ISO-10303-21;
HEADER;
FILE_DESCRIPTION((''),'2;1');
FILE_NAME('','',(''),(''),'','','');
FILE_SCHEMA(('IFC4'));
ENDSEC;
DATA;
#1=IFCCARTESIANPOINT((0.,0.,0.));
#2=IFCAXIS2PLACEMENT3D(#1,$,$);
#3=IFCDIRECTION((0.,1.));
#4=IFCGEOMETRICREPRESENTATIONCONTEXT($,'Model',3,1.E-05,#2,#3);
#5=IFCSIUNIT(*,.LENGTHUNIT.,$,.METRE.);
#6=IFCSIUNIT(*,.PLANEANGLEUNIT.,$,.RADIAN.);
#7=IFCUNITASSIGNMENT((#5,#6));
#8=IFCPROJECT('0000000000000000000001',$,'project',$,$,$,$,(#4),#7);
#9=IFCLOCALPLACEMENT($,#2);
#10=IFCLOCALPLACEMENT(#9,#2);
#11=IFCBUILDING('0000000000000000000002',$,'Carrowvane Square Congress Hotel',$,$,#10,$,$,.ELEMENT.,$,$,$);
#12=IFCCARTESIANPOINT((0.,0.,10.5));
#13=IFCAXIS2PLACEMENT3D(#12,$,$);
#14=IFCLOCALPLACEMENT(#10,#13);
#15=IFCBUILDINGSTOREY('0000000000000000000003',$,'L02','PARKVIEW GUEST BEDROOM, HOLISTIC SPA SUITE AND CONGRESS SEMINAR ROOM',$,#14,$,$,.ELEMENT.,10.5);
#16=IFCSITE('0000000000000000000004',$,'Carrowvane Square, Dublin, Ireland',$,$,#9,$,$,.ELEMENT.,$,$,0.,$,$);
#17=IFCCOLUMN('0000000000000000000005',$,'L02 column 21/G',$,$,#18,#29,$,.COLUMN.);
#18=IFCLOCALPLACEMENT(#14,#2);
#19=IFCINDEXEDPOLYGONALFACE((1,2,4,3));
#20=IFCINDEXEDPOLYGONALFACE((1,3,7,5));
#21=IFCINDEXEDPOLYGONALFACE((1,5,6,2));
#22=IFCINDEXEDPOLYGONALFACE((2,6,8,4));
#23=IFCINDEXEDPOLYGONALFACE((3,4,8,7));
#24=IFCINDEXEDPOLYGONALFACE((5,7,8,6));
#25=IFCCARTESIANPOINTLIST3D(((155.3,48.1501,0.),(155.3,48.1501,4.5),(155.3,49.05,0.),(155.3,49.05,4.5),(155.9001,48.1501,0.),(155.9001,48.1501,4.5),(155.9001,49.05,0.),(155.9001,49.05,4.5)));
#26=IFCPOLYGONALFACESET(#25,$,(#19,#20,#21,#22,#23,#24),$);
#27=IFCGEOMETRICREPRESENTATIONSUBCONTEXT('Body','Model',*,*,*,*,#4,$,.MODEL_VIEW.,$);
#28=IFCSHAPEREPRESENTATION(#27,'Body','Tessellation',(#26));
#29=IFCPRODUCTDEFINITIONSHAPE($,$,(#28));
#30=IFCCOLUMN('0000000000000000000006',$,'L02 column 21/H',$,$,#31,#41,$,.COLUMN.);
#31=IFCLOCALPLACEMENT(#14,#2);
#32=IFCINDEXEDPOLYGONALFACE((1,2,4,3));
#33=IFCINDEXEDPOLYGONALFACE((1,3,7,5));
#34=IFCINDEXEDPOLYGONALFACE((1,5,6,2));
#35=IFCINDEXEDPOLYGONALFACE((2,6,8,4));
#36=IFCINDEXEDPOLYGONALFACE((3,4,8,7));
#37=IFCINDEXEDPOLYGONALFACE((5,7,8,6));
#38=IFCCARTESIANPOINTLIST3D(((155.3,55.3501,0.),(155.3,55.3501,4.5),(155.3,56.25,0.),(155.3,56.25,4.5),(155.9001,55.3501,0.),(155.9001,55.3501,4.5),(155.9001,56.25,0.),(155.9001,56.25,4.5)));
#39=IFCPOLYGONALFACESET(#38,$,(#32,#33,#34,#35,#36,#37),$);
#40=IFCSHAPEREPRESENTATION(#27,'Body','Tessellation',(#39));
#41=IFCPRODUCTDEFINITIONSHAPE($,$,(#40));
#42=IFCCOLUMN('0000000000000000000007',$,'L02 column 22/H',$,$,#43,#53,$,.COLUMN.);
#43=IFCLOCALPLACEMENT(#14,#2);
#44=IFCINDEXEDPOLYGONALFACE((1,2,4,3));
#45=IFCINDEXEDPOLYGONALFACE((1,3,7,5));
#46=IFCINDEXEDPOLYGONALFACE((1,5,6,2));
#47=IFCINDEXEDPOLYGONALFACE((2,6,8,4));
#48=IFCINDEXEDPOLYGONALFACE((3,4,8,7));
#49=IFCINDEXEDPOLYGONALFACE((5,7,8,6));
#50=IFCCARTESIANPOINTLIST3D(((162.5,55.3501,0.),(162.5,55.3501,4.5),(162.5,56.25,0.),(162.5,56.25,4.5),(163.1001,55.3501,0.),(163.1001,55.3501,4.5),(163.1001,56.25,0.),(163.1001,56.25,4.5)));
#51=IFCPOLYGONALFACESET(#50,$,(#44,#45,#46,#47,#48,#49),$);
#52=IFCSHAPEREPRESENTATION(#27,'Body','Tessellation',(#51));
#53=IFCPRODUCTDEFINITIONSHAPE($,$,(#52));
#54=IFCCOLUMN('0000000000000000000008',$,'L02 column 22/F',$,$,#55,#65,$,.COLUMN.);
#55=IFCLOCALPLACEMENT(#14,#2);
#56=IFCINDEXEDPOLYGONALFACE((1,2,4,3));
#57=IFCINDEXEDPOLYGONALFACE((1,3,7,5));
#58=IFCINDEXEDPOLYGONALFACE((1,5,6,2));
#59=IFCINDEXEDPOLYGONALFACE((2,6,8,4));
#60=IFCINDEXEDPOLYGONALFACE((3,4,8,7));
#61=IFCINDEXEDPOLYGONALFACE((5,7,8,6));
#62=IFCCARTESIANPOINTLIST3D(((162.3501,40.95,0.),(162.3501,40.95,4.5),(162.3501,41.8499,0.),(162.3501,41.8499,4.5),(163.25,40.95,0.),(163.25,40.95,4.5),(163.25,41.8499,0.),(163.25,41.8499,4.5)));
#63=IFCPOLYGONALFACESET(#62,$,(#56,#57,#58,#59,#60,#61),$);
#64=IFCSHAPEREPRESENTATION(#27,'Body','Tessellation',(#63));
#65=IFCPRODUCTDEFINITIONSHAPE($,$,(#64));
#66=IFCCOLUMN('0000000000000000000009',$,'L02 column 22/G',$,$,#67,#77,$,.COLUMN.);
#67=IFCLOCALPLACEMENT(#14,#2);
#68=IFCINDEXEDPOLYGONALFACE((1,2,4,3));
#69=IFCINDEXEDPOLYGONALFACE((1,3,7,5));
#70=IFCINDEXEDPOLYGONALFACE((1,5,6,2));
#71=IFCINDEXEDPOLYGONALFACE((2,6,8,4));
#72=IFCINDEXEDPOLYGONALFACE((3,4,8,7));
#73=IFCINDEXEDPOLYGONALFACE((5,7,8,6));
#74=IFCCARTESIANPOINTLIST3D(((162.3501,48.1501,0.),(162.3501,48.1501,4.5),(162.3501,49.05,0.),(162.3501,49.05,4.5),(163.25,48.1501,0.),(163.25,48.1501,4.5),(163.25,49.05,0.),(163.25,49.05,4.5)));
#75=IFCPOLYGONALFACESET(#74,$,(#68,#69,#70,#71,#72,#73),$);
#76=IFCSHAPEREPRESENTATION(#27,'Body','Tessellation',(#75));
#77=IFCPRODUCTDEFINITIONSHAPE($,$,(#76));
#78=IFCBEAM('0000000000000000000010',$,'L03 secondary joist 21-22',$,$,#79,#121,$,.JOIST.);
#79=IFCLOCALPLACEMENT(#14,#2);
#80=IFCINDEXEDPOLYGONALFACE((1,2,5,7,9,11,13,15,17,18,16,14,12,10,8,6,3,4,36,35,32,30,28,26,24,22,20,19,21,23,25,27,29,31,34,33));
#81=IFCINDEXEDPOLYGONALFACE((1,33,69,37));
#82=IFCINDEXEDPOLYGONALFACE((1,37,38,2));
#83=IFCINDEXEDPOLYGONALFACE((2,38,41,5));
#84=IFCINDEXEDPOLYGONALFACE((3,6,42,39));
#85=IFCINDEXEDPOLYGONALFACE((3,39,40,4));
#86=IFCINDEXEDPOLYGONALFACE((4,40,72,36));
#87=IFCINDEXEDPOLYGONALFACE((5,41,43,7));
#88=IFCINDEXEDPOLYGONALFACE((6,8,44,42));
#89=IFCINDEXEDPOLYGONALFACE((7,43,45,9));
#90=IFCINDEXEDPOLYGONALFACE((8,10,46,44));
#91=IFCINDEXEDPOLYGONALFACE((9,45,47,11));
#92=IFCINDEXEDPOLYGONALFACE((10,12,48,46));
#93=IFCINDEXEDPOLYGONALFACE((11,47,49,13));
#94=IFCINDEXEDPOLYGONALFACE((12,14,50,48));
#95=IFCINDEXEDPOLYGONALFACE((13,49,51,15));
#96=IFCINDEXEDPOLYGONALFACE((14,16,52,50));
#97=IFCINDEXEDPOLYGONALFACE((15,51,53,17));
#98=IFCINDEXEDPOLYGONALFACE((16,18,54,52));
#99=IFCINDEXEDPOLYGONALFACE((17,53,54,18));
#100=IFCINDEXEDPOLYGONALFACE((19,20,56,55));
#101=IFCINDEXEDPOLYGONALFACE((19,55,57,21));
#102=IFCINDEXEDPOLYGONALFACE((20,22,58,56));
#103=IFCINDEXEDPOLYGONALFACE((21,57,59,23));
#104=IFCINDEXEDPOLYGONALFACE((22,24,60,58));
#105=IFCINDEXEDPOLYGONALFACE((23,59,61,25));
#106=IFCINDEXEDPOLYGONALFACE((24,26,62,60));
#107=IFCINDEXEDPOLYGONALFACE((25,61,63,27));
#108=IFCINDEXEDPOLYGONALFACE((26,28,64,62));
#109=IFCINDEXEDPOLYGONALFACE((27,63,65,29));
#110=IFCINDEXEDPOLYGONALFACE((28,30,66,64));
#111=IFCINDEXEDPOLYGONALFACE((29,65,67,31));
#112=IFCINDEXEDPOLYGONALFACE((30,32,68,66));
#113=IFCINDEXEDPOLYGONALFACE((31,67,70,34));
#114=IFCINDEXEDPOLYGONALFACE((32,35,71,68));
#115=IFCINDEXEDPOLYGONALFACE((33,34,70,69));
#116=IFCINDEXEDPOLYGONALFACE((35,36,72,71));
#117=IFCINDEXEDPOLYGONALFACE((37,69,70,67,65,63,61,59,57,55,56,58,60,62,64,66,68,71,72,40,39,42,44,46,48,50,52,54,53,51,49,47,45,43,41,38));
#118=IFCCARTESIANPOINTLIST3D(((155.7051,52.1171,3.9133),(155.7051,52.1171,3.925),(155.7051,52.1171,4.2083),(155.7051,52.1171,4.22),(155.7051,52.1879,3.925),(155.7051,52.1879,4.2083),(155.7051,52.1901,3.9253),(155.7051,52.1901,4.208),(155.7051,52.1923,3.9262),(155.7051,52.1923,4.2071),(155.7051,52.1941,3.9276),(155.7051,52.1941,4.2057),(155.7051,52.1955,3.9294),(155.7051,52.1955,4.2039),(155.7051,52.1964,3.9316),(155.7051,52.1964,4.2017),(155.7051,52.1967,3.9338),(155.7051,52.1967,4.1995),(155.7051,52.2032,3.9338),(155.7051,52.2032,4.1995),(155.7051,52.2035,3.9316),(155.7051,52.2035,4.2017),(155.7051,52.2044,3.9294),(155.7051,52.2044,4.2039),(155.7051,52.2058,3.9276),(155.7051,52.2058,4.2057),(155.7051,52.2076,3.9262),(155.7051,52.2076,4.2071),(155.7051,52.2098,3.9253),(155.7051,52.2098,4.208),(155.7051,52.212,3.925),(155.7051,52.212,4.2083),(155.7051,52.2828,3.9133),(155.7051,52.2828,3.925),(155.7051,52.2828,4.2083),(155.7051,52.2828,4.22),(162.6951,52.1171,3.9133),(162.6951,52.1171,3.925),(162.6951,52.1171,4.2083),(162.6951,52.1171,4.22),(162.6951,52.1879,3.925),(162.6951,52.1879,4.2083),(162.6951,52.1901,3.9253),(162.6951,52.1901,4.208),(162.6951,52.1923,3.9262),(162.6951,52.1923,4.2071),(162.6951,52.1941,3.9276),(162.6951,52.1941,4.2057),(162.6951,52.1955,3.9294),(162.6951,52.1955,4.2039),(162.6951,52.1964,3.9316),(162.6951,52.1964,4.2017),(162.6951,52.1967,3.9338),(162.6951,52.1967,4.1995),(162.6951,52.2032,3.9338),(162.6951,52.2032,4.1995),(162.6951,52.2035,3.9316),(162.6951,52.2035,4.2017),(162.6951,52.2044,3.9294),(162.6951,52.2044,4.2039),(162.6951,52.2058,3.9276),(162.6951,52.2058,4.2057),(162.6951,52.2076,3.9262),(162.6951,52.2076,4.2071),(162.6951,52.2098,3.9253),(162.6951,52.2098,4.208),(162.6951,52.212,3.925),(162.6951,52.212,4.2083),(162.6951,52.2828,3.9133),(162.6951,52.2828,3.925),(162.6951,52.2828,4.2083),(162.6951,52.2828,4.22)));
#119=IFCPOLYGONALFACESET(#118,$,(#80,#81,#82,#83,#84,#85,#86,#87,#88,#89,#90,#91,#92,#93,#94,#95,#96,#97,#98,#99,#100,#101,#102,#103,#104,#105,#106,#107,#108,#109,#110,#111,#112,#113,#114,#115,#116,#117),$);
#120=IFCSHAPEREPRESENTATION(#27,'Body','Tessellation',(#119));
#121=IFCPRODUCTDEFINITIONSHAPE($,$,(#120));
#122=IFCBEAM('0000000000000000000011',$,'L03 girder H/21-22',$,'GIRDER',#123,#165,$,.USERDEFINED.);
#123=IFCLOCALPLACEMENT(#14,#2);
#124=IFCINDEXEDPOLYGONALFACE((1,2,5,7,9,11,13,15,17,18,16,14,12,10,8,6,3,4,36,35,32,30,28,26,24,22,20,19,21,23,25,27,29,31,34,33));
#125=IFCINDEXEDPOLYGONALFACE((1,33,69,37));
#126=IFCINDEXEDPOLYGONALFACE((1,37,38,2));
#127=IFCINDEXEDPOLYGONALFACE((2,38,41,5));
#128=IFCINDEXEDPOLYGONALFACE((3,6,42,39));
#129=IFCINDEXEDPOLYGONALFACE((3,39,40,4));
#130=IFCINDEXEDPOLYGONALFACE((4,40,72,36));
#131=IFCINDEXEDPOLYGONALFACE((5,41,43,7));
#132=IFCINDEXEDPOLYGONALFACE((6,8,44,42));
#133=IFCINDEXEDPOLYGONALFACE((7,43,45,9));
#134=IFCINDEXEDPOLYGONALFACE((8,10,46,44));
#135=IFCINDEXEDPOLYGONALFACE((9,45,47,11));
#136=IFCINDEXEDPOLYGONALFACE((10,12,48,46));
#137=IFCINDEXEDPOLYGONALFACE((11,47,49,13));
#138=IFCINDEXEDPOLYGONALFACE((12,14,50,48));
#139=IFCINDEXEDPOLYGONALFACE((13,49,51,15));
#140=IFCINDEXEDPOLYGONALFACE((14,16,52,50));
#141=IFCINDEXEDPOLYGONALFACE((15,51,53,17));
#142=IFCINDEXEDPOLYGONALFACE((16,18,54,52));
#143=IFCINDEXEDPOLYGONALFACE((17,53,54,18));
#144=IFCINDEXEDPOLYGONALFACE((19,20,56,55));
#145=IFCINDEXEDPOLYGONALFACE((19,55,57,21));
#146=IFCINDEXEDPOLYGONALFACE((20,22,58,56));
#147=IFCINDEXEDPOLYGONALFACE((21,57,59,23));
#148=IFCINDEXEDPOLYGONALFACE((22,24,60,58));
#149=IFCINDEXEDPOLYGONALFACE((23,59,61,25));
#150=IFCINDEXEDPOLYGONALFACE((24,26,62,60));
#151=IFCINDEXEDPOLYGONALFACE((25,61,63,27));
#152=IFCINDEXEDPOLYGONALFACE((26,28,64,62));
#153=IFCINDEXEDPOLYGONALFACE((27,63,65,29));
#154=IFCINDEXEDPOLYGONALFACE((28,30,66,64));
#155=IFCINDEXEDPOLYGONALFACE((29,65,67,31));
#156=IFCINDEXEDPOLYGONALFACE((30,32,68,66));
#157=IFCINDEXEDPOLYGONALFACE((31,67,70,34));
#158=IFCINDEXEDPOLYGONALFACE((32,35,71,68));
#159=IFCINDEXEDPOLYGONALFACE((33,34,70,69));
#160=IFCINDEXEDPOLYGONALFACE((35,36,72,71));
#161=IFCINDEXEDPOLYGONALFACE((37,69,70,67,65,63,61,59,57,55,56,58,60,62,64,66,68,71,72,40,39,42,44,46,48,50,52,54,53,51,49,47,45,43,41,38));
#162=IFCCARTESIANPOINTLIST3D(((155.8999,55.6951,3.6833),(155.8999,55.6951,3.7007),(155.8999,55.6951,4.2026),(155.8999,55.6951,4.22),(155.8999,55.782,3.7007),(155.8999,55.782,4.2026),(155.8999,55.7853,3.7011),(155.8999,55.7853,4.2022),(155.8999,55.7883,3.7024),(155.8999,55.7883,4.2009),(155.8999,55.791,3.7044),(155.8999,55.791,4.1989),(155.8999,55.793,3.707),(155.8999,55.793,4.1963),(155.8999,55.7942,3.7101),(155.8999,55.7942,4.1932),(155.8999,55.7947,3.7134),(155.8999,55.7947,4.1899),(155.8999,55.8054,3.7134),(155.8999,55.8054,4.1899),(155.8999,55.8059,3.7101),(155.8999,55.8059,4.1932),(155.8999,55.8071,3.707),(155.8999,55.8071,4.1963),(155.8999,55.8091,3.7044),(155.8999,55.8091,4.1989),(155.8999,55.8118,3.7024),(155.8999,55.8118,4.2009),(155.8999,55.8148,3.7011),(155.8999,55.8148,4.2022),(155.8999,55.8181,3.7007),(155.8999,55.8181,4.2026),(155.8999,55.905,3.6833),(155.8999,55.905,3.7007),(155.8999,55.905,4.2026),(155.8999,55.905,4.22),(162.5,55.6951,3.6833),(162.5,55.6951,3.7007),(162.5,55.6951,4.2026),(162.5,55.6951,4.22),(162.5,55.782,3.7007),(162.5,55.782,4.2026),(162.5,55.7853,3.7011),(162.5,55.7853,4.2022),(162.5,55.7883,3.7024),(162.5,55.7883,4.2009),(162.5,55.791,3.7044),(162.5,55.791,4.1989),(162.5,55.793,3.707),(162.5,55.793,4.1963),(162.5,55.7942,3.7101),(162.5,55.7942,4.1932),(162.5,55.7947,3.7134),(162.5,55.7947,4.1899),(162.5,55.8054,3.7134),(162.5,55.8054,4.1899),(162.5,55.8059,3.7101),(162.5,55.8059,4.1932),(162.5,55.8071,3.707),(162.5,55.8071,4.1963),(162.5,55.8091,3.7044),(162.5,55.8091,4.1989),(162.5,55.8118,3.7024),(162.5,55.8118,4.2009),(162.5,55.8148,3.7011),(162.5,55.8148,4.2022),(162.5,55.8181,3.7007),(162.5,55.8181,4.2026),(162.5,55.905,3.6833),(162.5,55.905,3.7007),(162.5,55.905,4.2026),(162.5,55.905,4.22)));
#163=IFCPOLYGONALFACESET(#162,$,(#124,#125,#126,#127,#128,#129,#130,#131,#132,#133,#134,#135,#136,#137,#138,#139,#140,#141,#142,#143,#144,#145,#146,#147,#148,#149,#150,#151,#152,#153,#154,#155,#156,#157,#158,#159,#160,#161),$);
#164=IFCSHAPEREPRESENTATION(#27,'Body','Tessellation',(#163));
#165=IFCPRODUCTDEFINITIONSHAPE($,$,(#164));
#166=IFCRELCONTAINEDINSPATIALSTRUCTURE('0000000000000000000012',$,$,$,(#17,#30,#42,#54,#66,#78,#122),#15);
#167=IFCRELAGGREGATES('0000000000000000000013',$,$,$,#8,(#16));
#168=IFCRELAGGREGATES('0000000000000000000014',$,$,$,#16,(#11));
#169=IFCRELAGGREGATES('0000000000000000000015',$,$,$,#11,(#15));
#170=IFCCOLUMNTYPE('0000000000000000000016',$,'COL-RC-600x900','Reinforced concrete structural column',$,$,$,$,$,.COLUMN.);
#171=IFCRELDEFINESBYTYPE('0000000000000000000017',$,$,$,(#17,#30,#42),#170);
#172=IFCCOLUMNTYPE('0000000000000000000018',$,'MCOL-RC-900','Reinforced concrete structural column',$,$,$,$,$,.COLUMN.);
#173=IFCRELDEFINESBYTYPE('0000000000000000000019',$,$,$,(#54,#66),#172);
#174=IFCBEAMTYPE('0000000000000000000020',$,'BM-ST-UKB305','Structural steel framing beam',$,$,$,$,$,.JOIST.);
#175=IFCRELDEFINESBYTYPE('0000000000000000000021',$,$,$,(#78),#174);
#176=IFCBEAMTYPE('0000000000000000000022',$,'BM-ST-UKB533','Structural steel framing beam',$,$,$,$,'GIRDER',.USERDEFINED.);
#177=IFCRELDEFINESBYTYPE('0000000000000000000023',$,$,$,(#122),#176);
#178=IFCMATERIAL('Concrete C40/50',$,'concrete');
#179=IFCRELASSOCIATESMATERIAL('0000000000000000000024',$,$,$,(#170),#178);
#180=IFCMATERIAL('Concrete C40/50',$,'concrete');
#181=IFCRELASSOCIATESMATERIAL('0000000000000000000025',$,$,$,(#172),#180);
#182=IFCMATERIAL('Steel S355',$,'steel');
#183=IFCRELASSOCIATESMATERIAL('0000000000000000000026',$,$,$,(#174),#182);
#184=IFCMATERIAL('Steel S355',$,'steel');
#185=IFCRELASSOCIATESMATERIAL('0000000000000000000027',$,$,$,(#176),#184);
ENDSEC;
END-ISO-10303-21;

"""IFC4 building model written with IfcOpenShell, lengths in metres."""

from ifc_helpers import new_model, si_unit, direction, frame, origin, origin_2d, place, context, subcontext, project, spatial, rectangle, i_section, extrude, material, material_profile, profile_set, type_object, element, save


model = new_model("IFC4")

# Units and contexts
model_context = context("Model", 3, precision=1e-05, world=origin(), true_north=direction((0.0, 1.0)))
body_context = subcontext(model_context, "Body", "Model", "MODEL_VIEW")
ifc_project = project(units=[si_unit("LENGTHUNIT", "METRE"), si_unit("PLANEANGLEUNIT", "RADIAN")], contexts=[model_context])

# Site, building, storey
site_placement = place(None, origin())
site = spatial("IfcSite", under=ifc_project, at=site_placement, Name="Carrowvane Square, Dublin, Ireland", CompositionType="ELEMENT", RefElevation=0.0)
building_placement = place(site_placement, origin())
building = spatial("IfcBuilding", under=site, at=building_placement, Name="Carrowvane Square Congress Hotel", CompositionType="ELEMENT")
storey_placement = place(building_placement, frame((0.0, 0.0, 10.5)))
storey = spatial("IfcBuildingStorey", under=building, at=storey_placement, Name="L02", Description="PARKVIEW GUEST BEDROOM, HOLISTIC SPA SUITE AND CONGRESS SEMINAR ROOM", CompositionType="ELEMENT", Elevation=10.5)

# Columns
ifc_material_1 = material(Name="Concrete C40/50", Category="concrete")
ifc_material_profile_1 = material_profile(ifc_material_1, rectangle(XDim=0.6001, YDim=0.8999, at=origin_2d()), Name="RC 600x900")
ifc_profile_set_1 = profile_set([ifc_material_profile_1], Name="Concrete C40/50")
column_type_1 = type_object("IfcColumnType", Name="COL-RC-600x900", Description="Reinforced concrete structural column", PredefinedType="COLUMN", material=ifc_profile_set_1)
for number, where, z_axis, x_axis, name in (
    (1, (155.6001, 48.6001, 0.0), (0.0, 0.0, 1.0), (1.0, 0.0, 0.0), "L02 column 21/G"),
    (2, (155.6001, 55.8, 0.0), (0.0, 0.0, 1.0), (1.0, 0.0, 0.0), "L02 column 21/H"),
    (3, (162.8, 55.8, 0.0), (0.0, 0.0, 1.0), (1.0, 0.0, 0.0), "L02 column 22/H"),
):
    element("IfcColumn", number, at=place(storey_placement, frame(where, z_axis=z_axis, x_axis=x_axis)), inside=storey, type_object=column_type_1, Name=name, PredefinedType="COLUMN", context=body_context, shape_type="SweptSolid", body=[
        extrude(rectangle(XDim=0.6001, YDim=0.8999, at=origin_2d()), origin(), (0.0, 0.0, 1.0), 4.5),
    ])
ifc_material_2 = material(Name="Concrete C40/50", Category="concrete")
ifc_material_profile_2 = material_profile(ifc_material_2, rectangle(XDim=0.8999, YDim=0.8999, at=origin_2d()), Name="RC 900x900")
ifc_profile_set_2 = profile_set([ifc_material_profile_2], Name="Concrete C40/50")
column_type_2 = type_object("IfcColumnType", Name="MCOL-RC-900", Description="Reinforced concrete structural column", PredefinedType="COLUMN", material=ifc_profile_set_2)
for number, where, z_axis, x_axis, name in (
    (4, (162.8, 41.3999, 0.0), (0.0, 0.0, 1.0), (1.0, 0.0, 0.0), "L02 column 22/F"),
    (5, (162.8, 48.6001, 0.0), (0.0, 0.0, 1.0), (1.0, 0.0, 0.0), "L02 column 22/G"),
):
    element("IfcColumn", number, at=place(storey_placement, frame(where, z_axis=z_axis, x_axis=x_axis)), inside=storey, type_object=column_type_2, Name=name, PredefinedType="COLUMN", context=body_context, shape_type="SweptSolid", body=[
        extrude(rectangle(XDim=0.8999, YDim=0.8999, at=origin_2d()), origin(), (0.0, 0.0, 1.0), 4.5),
    ])

# Beams
ifc_material_3 = material(Name="Steel S355", Category="steel")
ifc_material_profile_3 = material_profile(ifc_material_3, i_section(OverallWidth=0.1658, OverallDepth=0.3066, WebThickness=0.0066, FlangeThickness=0.0117, FilletRadius=0.0088, at=origin_2d()), Name="UKB 305x165x46")
ifc_profile_set_3 = profile_set([ifc_material_profile_3], Name="Steel S355")
beam_type_1 = type_object("IfcBeamType", Name="BM-ST-UKB305", Description="Structural steel framing beam", PredefinedType="JOIST", material=ifc_profile_set_3)
beam_1_placement = place(storey_placement, frame((155.7051, 52.2, 4.0667), z_axis=(1.0, 0.0, 0.0), x_axis=(0.0, 1.0, 0.0)))
element("IfcBeam", 6, at=beam_1_placement, inside=storey, type_object=beam_type_1, Name="L03 secondary joist 21-22", PredefinedType="JOIST", context=body_context, shape_type="SweptSolid", body=[
    extrude(i_section(OverallWidth=0.1658, OverallDepth=0.3066, WebThickness=0.0066, FlangeThickness=0.0117, FilletRadius=0.0088, at=origin_2d()), origin(), (0.0, 0.0, 1.0), 6.99),
])
ifc_material_4 = material(Name="Steel S355", Category="steel")
ifc_material_profile_4 = material_profile(ifc_material_4, i_section(OverallWidth=0.21, OverallDepth=0.5366, WebThickness=0.0107, FlangeThickness=0.0173, FilletRadius=0.0127, at=origin_2d()), Name="UKB 533x210x101")
ifc_profile_set_4 = profile_set([ifc_material_profile_4], Name="Steel S355")
beam_type_2 = type_object("IfcBeamType", Name="BM-ST-UKB533", Description="Structural steel framing beam", ElementType="GIRDER", PredefinedType="USERDEFINED", material=ifc_profile_set_4)
beam_2_placement = place(storey_placement, frame((155.8999, 55.8, 3.9517), z_axis=(1.0, 0.0, 0.0), x_axis=(0.0, 1.0, 0.0)))
element("IfcBeam", 7, at=beam_2_placement, inside=storey, type_object=beam_type_2, Name="L03 girder H/21-22", ObjectType="GIRDER", PredefinedType="USERDEFINED", context=body_context, shape_type="SweptSolid", body=[
    extrude(i_section(OverallWidth=0.21, OverallDepth=0.5366, WebThickness=0.0107, FlangeThickness=0.0173, FilletRadius=0.0127, at=origin_2d()), origin(), (0.0, 0.0, 1.0), 6.6001),
])

save(model, "model.ifc")
